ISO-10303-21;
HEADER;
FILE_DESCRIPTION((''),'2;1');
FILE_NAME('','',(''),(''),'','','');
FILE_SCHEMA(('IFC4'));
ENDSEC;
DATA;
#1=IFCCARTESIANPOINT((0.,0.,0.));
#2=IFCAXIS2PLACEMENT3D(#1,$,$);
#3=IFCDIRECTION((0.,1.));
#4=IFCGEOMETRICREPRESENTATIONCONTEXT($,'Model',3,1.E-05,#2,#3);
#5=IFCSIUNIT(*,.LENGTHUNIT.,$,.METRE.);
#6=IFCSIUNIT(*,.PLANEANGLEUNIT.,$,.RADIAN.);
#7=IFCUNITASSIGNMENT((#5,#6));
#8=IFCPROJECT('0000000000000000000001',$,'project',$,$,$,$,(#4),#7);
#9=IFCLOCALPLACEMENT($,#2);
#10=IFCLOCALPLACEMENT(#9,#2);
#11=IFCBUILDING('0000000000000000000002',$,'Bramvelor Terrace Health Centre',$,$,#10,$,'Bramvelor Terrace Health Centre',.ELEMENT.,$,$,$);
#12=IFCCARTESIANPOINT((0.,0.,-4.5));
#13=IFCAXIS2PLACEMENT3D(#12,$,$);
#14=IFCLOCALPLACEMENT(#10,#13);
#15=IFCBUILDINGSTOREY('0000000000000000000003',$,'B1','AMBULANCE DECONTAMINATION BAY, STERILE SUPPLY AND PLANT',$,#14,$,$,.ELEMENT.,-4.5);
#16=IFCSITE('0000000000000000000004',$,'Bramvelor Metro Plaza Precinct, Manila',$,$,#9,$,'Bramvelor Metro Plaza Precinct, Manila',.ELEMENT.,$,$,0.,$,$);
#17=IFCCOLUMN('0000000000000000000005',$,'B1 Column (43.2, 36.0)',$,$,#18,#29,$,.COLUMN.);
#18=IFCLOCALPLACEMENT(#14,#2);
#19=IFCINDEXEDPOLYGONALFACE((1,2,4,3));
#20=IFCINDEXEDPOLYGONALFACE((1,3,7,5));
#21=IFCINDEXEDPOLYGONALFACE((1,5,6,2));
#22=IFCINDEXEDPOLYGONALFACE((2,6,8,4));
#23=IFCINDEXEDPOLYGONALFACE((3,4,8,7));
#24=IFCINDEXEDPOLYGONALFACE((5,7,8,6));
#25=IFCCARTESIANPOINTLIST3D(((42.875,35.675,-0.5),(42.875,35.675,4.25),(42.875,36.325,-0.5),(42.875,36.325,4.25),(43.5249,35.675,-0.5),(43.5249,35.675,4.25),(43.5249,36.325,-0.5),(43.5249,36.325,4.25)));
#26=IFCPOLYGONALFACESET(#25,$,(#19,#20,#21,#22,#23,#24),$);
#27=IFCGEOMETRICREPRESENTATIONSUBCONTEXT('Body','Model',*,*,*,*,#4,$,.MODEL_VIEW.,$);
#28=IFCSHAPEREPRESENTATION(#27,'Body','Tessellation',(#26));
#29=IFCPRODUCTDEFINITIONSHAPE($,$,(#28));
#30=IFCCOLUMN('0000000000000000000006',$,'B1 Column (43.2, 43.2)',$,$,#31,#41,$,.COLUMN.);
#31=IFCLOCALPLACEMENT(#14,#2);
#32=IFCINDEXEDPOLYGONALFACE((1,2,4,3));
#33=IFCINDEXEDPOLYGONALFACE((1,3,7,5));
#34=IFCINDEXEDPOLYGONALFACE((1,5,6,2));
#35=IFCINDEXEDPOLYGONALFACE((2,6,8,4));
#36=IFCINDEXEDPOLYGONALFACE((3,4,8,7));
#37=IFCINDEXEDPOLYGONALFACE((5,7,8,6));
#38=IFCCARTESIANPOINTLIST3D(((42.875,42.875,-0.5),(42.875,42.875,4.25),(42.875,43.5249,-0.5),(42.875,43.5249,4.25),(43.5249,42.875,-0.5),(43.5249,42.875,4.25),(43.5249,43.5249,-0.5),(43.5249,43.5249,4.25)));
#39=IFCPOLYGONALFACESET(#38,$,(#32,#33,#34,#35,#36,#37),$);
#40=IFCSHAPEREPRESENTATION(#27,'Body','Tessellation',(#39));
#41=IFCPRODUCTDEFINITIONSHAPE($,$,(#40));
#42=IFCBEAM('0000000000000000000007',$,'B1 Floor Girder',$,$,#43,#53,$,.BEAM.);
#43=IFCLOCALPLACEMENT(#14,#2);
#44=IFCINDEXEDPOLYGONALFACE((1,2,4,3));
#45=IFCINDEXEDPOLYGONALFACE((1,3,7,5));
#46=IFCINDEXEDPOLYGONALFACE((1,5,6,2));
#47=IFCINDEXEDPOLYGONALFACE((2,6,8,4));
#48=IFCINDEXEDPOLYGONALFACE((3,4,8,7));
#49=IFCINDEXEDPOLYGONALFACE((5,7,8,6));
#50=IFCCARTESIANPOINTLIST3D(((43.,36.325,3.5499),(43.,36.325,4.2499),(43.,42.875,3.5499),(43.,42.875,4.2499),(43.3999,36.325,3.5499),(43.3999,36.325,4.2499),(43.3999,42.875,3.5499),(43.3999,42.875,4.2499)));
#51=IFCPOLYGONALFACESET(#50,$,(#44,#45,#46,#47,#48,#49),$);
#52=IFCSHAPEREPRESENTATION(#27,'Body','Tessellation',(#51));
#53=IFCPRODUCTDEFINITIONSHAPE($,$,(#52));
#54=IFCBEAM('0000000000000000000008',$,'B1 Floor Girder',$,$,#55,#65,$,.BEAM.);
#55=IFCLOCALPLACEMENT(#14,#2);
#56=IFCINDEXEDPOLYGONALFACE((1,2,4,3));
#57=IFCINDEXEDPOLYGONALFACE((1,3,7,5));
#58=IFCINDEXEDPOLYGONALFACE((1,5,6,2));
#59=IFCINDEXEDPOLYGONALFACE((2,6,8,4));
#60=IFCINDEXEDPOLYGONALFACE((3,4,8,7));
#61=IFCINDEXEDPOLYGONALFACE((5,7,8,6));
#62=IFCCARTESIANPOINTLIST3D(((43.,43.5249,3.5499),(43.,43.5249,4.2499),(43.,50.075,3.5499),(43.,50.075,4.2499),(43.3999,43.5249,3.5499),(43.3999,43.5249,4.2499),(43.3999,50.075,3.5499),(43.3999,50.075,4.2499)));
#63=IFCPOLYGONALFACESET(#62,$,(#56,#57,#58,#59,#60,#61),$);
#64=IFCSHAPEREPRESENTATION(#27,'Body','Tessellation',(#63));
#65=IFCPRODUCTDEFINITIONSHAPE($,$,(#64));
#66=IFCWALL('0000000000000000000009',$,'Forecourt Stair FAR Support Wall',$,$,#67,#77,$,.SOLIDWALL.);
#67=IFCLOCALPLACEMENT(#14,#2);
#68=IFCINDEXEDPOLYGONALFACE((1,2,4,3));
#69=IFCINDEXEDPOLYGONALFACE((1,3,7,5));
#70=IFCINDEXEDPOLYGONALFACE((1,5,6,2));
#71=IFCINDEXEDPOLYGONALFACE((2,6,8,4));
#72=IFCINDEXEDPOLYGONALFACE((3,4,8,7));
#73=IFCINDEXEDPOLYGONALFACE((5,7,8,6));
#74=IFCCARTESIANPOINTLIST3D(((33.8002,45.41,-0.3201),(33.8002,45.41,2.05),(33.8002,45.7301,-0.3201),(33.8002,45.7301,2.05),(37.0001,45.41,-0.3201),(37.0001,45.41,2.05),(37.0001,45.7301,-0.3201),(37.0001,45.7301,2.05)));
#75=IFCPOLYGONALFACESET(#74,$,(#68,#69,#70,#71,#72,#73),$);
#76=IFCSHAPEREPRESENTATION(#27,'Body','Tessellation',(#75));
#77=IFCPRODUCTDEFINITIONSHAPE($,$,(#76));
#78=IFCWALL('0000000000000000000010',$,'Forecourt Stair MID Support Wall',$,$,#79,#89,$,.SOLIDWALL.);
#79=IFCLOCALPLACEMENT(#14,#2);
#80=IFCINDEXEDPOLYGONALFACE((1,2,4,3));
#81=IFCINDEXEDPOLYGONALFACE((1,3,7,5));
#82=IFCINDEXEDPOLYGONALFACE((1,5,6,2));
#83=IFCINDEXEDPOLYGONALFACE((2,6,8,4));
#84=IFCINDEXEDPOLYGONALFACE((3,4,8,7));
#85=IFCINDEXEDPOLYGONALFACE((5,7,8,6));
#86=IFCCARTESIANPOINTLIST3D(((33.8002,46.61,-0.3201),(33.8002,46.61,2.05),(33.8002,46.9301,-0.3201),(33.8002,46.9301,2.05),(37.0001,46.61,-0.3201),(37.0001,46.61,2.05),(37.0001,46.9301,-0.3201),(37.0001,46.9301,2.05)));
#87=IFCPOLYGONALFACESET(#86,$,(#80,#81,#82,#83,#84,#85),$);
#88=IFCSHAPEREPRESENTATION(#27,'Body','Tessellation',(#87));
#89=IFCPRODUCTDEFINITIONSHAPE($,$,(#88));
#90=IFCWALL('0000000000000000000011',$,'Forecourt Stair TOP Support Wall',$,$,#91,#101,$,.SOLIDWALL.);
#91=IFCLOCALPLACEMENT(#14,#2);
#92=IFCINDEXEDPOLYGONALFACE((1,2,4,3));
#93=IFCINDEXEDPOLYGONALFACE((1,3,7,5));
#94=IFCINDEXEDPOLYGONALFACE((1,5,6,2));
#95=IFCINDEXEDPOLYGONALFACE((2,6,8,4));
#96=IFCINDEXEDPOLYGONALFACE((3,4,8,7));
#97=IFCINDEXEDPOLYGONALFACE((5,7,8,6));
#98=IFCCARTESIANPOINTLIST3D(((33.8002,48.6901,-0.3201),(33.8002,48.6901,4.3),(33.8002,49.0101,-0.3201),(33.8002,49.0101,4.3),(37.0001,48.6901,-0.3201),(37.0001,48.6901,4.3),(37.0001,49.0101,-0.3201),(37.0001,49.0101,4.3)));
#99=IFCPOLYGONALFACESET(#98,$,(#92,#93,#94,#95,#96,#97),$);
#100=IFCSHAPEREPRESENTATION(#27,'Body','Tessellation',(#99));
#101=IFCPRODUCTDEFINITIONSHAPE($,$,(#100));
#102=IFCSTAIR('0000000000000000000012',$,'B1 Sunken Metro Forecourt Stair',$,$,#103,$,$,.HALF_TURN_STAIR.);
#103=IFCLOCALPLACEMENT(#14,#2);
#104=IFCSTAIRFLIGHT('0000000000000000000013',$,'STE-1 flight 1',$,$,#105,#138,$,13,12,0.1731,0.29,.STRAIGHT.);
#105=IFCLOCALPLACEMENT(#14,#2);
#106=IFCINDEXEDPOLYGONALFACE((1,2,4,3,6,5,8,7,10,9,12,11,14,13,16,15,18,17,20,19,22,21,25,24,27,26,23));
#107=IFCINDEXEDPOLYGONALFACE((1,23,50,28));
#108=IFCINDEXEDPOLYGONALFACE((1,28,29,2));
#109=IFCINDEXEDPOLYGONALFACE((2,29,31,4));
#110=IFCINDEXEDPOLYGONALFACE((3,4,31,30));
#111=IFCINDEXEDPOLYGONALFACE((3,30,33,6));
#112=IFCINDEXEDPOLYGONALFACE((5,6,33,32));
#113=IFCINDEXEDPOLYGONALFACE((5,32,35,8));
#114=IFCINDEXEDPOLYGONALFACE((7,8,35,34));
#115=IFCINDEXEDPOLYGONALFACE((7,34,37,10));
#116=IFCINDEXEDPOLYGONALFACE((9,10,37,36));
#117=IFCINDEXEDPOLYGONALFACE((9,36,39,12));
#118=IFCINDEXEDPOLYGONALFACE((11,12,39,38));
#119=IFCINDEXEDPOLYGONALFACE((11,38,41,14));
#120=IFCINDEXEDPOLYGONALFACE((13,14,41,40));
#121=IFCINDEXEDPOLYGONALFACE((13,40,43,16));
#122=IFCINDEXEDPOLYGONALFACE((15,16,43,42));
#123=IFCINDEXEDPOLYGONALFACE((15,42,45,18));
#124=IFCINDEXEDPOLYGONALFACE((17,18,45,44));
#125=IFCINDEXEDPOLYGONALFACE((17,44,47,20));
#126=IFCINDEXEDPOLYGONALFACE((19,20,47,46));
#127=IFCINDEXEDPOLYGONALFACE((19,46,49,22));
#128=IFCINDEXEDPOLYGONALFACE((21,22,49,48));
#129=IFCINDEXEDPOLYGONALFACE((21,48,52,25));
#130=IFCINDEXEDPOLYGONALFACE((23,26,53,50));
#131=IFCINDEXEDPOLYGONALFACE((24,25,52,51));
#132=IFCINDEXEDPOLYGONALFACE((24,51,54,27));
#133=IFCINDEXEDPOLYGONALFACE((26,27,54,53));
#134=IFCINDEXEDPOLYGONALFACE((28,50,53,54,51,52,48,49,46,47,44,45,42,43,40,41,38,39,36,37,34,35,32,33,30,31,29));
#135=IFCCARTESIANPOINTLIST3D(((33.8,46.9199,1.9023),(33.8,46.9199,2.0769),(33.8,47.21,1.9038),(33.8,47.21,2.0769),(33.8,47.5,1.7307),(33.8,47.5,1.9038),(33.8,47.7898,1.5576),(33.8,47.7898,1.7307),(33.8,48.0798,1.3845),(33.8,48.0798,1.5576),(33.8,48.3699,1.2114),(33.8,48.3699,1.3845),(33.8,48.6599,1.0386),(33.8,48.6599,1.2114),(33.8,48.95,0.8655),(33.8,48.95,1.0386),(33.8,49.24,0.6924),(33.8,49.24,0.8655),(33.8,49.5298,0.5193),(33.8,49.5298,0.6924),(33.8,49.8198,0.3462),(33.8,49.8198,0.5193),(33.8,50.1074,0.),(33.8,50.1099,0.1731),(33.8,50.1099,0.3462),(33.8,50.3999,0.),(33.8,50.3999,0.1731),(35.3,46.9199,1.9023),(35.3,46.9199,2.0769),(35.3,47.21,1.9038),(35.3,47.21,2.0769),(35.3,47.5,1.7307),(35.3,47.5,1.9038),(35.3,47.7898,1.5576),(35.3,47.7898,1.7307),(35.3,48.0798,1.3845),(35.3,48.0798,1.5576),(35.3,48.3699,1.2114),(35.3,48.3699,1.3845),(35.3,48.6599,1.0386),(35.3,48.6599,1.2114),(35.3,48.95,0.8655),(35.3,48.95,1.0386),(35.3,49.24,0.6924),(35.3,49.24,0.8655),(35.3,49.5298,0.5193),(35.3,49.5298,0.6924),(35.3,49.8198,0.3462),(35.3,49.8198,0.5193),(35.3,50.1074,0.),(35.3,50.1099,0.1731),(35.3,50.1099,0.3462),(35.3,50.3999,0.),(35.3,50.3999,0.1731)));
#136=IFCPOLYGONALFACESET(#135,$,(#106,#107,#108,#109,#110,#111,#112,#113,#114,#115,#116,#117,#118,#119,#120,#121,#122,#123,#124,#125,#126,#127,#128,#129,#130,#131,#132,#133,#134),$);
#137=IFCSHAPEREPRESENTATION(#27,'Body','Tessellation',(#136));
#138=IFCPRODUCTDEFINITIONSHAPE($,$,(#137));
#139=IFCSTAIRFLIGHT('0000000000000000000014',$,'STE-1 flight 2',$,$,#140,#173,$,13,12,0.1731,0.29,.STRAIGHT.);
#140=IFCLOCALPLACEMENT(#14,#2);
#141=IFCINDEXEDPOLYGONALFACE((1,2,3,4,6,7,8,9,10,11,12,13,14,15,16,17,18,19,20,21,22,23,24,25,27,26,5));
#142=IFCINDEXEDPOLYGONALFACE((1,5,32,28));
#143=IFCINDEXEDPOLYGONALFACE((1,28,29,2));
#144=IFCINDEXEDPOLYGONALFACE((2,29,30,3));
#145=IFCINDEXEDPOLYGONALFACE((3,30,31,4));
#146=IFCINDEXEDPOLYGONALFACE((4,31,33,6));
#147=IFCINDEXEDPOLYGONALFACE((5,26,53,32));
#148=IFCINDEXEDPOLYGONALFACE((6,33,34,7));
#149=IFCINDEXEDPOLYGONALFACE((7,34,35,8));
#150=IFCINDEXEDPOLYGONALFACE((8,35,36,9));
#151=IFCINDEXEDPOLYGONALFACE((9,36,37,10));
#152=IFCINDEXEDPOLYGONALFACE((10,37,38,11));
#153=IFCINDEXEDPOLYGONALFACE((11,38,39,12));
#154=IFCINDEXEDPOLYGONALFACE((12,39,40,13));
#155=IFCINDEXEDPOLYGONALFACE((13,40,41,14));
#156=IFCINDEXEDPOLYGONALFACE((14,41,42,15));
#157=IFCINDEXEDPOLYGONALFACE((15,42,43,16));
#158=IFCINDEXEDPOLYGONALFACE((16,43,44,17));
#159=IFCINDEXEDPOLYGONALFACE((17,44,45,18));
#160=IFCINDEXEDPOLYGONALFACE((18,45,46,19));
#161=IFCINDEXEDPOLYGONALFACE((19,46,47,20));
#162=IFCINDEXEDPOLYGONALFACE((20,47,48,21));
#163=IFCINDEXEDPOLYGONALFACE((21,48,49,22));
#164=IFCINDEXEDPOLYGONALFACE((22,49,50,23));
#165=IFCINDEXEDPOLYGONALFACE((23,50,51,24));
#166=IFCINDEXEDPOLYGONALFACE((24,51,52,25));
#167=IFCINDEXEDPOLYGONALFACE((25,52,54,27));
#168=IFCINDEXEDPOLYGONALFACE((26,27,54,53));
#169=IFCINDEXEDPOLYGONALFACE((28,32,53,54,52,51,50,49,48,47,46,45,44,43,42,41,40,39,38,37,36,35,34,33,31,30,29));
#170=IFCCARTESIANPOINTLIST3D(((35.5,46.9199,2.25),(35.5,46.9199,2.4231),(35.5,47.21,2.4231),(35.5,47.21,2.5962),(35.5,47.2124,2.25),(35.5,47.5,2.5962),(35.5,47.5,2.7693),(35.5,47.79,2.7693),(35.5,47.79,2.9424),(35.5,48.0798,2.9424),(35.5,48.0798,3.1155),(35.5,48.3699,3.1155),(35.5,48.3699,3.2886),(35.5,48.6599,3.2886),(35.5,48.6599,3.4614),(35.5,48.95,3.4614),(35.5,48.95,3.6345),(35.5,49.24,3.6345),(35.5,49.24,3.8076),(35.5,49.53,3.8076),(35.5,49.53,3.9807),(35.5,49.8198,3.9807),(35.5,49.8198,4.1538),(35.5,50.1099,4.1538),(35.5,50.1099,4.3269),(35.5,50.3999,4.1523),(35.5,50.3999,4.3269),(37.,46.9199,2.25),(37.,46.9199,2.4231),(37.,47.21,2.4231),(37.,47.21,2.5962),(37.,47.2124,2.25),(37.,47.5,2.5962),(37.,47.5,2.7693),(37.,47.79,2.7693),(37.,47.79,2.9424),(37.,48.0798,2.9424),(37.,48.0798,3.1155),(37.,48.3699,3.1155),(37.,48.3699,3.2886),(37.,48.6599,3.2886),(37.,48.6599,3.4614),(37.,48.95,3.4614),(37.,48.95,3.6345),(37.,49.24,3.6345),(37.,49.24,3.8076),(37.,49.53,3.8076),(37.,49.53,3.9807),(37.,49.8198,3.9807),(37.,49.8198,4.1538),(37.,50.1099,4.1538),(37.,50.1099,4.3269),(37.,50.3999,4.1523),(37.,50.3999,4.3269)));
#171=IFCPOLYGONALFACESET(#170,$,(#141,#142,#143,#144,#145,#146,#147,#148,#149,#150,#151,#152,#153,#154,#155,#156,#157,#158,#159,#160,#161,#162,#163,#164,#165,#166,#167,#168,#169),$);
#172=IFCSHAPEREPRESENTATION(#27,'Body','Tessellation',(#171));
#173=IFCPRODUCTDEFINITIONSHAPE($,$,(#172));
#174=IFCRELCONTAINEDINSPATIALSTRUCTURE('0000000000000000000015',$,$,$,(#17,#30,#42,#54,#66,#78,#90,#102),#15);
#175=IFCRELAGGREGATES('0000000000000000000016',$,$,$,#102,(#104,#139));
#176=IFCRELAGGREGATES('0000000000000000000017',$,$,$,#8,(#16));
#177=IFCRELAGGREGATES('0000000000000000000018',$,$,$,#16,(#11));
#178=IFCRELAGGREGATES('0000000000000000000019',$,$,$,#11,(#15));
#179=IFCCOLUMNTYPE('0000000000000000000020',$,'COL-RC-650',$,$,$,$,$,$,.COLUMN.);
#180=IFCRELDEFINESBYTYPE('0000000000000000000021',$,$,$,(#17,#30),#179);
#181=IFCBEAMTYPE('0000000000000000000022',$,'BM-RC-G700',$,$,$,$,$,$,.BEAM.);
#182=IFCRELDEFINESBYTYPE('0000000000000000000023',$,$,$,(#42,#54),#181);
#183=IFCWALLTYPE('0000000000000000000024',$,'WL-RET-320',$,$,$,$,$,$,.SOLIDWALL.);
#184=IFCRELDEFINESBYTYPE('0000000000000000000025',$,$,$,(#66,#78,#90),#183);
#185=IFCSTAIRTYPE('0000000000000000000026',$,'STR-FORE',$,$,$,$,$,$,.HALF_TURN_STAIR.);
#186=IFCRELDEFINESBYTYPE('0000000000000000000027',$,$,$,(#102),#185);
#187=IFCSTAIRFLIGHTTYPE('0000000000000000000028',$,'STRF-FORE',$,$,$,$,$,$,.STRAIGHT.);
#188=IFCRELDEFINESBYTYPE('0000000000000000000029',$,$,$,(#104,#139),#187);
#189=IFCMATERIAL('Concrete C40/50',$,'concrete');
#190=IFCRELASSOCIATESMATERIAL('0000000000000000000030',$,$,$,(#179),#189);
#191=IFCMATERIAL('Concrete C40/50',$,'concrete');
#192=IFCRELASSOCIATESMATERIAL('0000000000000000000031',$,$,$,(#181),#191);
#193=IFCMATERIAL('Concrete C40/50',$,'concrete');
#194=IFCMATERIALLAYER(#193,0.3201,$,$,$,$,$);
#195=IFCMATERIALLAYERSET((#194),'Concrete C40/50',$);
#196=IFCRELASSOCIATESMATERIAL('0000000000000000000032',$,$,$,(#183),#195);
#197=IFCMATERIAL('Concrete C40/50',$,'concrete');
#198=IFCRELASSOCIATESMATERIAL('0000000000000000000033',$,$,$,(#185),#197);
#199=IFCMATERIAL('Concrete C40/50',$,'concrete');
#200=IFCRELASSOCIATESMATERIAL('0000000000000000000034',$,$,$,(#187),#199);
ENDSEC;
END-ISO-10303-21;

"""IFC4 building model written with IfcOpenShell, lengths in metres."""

from ifc_helpers import new_model, si_unit, direction, frame, frame_2d, origin, origin_2d, place, context, subcontext, project, spatial, polyline, rectangle, outline, extrude, material, layer, layer_set, material_profile, profile_set, type_object, element, aggregate, save


model = new_model("IFC4")

# Units and contexts
model_context = context("Model", 3, precision=1e-05, world=origin(), true_north=direction((0.0, 1.0)))
body_context = subcontext(model_context, "Body", "Model", "MODEL_VIEW")
ifc_project = project(units=[si_unit("LENGTHUNIT", "METRE"), si_unit("PLANEANGLEUNIT", "RADIAN")], contexts=[model_context])

# Site, building, storey
site_placement = place(None, origin())
site = spatial("IfcSite", under=ifc_project, at=site_placement, Name="Bramvelor Metro Plaza Precinct, Manila", LongName="Bramvelor Metro Plaza Precinct, Manila", CompositionType="ELEMENT", RefElevation=0.0)
building_placement = place(site_placement, origin())
building = spatial("IfcBuilding", under=site, at=building_placement, Name="Bramvelor Terrace Health Centre", LongName="Bramvelor Terrace Health Centre", CompositionType="ELEMENT")
storey_placement = place(building_placement, frame((0.0, 0.0, -4.5)))
storey = spatial("IfcBuildingStorey", under=building, at=storey_placement, Name="B1", Description="AMBULANCE DECONTAMINATION BAY, STERILE SUPPLY AND PLANT", CompositionType="ELEMENT", Elevation=-4.5)

# Columns
ifc_material_1 = material(Name="Concrete C40/50", Category="concrete")
ifc_material_profile_1 = material_profile(ifc_material_1, rectangle(XDim=0.6499, YDim=0.6499, at=origin_2d()), Name="RC 650x650")
ifc_profile_set_1 = profile_set([ifc_material_profile_1], Name="Concrete C40/50")
column_type = type_object("IfcColumnType", Name="COL-RC-650", PredefinedType="COLUMN", material=ifc_profile_set_1)
for number, where, z_axis, x_axis, name in (
    (1, (43.2, 36.0, -0.5), (0.0, 0.0, 1.0), (1.0, 0.0, 0.0), "B1 Column (43.2, 36.0)"),
    (2, (43.2, 43.2, -0.5), (0.0, 0.0, 1.0), (1.0, 0.0, 0.0), "B1 Column (43.2, 43.2)"),
):
    element("IfcColumn", number, at=place(storey_placement, frame(where, z_axis=z_axis, x_axis=x_axis)), inside=storey, type_object=column_type, Name=name, PredefinedType="COLUMN", context=body_context, shape_type="SweptSolid", body=[
        extrude(rectangle(XDim=0.6499, YDim=0.6499, at=origin_2d()), origin(), (0.0, 0.0, 1.0), 4.75),
    ])

# Beams
ifc_material_2 = material(Name="Concrete C40/50", Category="concrete")
ifc_material_profile_2 = material_profile(ifc_material_2, rectangle(XDim=0.3999, YDim=0.7, at=origin_2d()), Name="RC 400x700")
ifc_profile_set_2 = profile_set([ifc_material_profile_2], Name="Concrete C40/50")
beam_type = type_object("IfcBeamType", Name="BM-RC-G700", PredefinedType="BEAM", material=ifc_profile_set_2)
for number, where, z_axis, x_axis, name in (
    (3, (43.2, 36.325, 3.8999), (0.0, 1.0, 0.0), (-1.0, 0.0, 0.0), "B1 Floor Girder"),
    (4, (43.2, 43.5249, 3.8999), (0.0, 1.0, 0.0), (-1.0, 0.0, 0.0), "B1 Floor Girder"),
):
    element("IfcBeam", number, at=place(storey_placement, frame(where, z_axis=z_axis, x_axis=x_axis)), inside=storey, type_object=beam_type, Name=name, PredefinedType="BEAM", context=body_context, shape_type="SweptSolid", body=[
        extrude(rectangle(XDim=0.3999, YDim=0.7, at=origin_2d()), origin(), (0.0, 0.0, 1.0), 6.55),
    ])

# Walls
ifc_material_3 = material(Name="Concrete C40/50", Category="concrete")
ifc_layer_1 = layer(ifc_material_3, 0.3201)
ifc_layer_set_1 = layer_set([ifc_layer_1], Name="Concrete C40/50")
wall_type = type_object("IfcWallType", Name="WL-RET-320", PredefinedType="SOLIDWALL", material=ifc_layer_set_1)
for number, where, z_axis, x_axis, name in (
    (5, (33.8, 45.5701, -0.3201), (0.0, 0.0, 1.0), (1.0, 0.0, 0.0), "Forecourt Stair FAR Support Wall"),
    (6, (33.8, 46.77, -0.3201), (0.0, 0.0, 1.0), (1.0, 0.0, 0.0), "Forecourt Stair MID Support Wall"),
):
    element("IfcWall", number, at=place(storey_placement, frame(where, z_axis=z_axis, x_axis=x_axis)), inside=storey, type_object=wall_type, Name=name, PredefinedType="SOLIDWALL", context=body_context, shape_type="SweptSolid", body=[
        extrude(rectangle(XDim=3.2, YDim=0.3201, at=frame_2d((1.6001, 0.0))), origin(), (0.0, 0.0, 1.0), 2.3701),
    ])
wall_placement = place(storey_placement, frame((33.8, 48.8501, -0.3201), z_axis=(0.0, 0.0, 1.0), x_axis=(1.0, 0.0, 0.0)))
element("IfcWall", 7, at=wall_placement, inside=storey, type_object=wall_type, Name="Forecourt Stair TOP Support Wall", PredefinedType="SOLIDWALL", context=body_context, shape_type="SweptSolid", body=[
    extrude(rectangle(XDim=3.2, YDim=0.3201, at=frame_2d((1.6001, 0.0))), origin(), (0.0, 0.0, 1.0), 4.6201),
])

# Stair, stair flights
ifc_material_4 = material(Name="Concrete C40/50", Category="concrete")
stair_type = type_object("IfcStairType", Name="STR-FORE", PredefinedType="HALF_TURN_STAIR", material=ifc_material_4)
stair_placement = place(storey_placement, origin())
stair = element("IfcStair", 8, at=stair_placement, inside=storey, type_object=stair_type, Name="B1 Sunken Metro Forecourt Stair", PredefinedType="HALF_TURN_STAIR")
ifc_material_5 = material(Name="Concrete C40/50", Category="concrete")
stair_flight_type = type_object("IfcStairFlightType", Name="STRF-FORE", PredefinedType="STRAIGHT", material=ifc_material_5)
stair_flight_1_placement = place(storey_placement, frame((34.55, 50.3999, 0.0), z_axis=(0.0, 0.0, 1.0), x_axis=(0.0, -1.0, 0.0)))
stair_flight_1 = element("IfcStairFlight", 9, at=stair_flight_1_placement, type_object=stair_flight_type, Name="STE-1 flight 1", NumberOfRisers=13, NumberOfTreads=12, PredefinedType="STRAIGHT", RiserHeight=0.1731, TreadLength=0.29, context=body_context, shape_type="SweptSolid", body=[
    extrude(outline(polyline([(0.0, 0.0), (0.0, 0.1731), (0.29, 0.1731), (0.29, 0.3462), (0.5801, 0.3462), (0.5801, 0.5193), (0.8701, 0.5193), (0.8701, 0.6924), (1.1599, 0.6924), (1.1599, 0.8655), (1.45, 0.8655), (1.45, 1.0386), (1.74, 1.0386), (1.74, 1.2114), (2.03, 1.2114), (2.03, 1.3845), (2.3201, 1.3845), (2.3201, 1.5576), (2.6101, 1.5576), (2.6101, 1.7307), (2.8999, 1.7307), (2.8999, 1.9038), (3.1899, 1.9038), (3.1899, 2.0769), (3.48, 2.0769), (3.48, 2.25), (3.48, 1.9023), (0.2925, 0.0), (0.0, 0.0)])), frame((0.0, 0.75, 0.0), z_axis=(0.0, -1.0, 0.0), x_axis=(1.0, 0.0, 0.0)), (0.0, 0.0, 1.0), 1.5),
])
stair_flight_2_placement = place(storey_placement, frame((36.25, 46.9199, 2.25), z_axis=(0.0, 0.0, 1.0), x_axis=(0.0, 1.0, 0.0)))
stair_flight_2 = element("IfcStairFlight", 10, at=stair_flight_2_placement, type_object=stair_flight_type, Name="STE-1 flight 2", NumberOfRisers=13, NumberOfTreads=12, PredefinedType="STRAIGHT", RiserHeight=0.1731, TreadLength=0.29, context=body_context, shape_type="SweptSolid", body=[
    extrude(outline(polyline([(0.0, 0.0), (0.0, 0.1731), (0.29, 0.1731), (0.29, 0.3462), (0.5801, 0.3462), (0.5801, 0.5193), (0.8701, 0.5193), (0.8701, 0.6924), (1.1599, 0.6924), (1.1599, 0.8655), (1.45, 0.8655), (1.45, 1.0386), (1.74, 1.0386), (1.74, 1.2114), (2.03, 1.2114), (2.03, 1.3845), (2.3201, 1.3845), (2.3201, 1.5576), (2.6101, 1.5576), (2.6101, 1.7307), (2.8999, 1.7307), (2.8999, 1.9038), (3.1899, 1.9038), (3.1899, 2.0769), (3.48, 2.0769), (3.48, 2.25), (3.48, 1.9023), (0.2925, 0.0), (0.0, 0.0)])), frame((0.0, 0.75, 0.0), z_axis=(0.0, -1.0, 0.0), x_axis=(1.0, 0.0, 0.0)), (0.0, 0.0, 1.0), 1.5),
])
aggregate(stair, [stair_flight_1, stair_flight_2])

save(model, "model.ifc")
